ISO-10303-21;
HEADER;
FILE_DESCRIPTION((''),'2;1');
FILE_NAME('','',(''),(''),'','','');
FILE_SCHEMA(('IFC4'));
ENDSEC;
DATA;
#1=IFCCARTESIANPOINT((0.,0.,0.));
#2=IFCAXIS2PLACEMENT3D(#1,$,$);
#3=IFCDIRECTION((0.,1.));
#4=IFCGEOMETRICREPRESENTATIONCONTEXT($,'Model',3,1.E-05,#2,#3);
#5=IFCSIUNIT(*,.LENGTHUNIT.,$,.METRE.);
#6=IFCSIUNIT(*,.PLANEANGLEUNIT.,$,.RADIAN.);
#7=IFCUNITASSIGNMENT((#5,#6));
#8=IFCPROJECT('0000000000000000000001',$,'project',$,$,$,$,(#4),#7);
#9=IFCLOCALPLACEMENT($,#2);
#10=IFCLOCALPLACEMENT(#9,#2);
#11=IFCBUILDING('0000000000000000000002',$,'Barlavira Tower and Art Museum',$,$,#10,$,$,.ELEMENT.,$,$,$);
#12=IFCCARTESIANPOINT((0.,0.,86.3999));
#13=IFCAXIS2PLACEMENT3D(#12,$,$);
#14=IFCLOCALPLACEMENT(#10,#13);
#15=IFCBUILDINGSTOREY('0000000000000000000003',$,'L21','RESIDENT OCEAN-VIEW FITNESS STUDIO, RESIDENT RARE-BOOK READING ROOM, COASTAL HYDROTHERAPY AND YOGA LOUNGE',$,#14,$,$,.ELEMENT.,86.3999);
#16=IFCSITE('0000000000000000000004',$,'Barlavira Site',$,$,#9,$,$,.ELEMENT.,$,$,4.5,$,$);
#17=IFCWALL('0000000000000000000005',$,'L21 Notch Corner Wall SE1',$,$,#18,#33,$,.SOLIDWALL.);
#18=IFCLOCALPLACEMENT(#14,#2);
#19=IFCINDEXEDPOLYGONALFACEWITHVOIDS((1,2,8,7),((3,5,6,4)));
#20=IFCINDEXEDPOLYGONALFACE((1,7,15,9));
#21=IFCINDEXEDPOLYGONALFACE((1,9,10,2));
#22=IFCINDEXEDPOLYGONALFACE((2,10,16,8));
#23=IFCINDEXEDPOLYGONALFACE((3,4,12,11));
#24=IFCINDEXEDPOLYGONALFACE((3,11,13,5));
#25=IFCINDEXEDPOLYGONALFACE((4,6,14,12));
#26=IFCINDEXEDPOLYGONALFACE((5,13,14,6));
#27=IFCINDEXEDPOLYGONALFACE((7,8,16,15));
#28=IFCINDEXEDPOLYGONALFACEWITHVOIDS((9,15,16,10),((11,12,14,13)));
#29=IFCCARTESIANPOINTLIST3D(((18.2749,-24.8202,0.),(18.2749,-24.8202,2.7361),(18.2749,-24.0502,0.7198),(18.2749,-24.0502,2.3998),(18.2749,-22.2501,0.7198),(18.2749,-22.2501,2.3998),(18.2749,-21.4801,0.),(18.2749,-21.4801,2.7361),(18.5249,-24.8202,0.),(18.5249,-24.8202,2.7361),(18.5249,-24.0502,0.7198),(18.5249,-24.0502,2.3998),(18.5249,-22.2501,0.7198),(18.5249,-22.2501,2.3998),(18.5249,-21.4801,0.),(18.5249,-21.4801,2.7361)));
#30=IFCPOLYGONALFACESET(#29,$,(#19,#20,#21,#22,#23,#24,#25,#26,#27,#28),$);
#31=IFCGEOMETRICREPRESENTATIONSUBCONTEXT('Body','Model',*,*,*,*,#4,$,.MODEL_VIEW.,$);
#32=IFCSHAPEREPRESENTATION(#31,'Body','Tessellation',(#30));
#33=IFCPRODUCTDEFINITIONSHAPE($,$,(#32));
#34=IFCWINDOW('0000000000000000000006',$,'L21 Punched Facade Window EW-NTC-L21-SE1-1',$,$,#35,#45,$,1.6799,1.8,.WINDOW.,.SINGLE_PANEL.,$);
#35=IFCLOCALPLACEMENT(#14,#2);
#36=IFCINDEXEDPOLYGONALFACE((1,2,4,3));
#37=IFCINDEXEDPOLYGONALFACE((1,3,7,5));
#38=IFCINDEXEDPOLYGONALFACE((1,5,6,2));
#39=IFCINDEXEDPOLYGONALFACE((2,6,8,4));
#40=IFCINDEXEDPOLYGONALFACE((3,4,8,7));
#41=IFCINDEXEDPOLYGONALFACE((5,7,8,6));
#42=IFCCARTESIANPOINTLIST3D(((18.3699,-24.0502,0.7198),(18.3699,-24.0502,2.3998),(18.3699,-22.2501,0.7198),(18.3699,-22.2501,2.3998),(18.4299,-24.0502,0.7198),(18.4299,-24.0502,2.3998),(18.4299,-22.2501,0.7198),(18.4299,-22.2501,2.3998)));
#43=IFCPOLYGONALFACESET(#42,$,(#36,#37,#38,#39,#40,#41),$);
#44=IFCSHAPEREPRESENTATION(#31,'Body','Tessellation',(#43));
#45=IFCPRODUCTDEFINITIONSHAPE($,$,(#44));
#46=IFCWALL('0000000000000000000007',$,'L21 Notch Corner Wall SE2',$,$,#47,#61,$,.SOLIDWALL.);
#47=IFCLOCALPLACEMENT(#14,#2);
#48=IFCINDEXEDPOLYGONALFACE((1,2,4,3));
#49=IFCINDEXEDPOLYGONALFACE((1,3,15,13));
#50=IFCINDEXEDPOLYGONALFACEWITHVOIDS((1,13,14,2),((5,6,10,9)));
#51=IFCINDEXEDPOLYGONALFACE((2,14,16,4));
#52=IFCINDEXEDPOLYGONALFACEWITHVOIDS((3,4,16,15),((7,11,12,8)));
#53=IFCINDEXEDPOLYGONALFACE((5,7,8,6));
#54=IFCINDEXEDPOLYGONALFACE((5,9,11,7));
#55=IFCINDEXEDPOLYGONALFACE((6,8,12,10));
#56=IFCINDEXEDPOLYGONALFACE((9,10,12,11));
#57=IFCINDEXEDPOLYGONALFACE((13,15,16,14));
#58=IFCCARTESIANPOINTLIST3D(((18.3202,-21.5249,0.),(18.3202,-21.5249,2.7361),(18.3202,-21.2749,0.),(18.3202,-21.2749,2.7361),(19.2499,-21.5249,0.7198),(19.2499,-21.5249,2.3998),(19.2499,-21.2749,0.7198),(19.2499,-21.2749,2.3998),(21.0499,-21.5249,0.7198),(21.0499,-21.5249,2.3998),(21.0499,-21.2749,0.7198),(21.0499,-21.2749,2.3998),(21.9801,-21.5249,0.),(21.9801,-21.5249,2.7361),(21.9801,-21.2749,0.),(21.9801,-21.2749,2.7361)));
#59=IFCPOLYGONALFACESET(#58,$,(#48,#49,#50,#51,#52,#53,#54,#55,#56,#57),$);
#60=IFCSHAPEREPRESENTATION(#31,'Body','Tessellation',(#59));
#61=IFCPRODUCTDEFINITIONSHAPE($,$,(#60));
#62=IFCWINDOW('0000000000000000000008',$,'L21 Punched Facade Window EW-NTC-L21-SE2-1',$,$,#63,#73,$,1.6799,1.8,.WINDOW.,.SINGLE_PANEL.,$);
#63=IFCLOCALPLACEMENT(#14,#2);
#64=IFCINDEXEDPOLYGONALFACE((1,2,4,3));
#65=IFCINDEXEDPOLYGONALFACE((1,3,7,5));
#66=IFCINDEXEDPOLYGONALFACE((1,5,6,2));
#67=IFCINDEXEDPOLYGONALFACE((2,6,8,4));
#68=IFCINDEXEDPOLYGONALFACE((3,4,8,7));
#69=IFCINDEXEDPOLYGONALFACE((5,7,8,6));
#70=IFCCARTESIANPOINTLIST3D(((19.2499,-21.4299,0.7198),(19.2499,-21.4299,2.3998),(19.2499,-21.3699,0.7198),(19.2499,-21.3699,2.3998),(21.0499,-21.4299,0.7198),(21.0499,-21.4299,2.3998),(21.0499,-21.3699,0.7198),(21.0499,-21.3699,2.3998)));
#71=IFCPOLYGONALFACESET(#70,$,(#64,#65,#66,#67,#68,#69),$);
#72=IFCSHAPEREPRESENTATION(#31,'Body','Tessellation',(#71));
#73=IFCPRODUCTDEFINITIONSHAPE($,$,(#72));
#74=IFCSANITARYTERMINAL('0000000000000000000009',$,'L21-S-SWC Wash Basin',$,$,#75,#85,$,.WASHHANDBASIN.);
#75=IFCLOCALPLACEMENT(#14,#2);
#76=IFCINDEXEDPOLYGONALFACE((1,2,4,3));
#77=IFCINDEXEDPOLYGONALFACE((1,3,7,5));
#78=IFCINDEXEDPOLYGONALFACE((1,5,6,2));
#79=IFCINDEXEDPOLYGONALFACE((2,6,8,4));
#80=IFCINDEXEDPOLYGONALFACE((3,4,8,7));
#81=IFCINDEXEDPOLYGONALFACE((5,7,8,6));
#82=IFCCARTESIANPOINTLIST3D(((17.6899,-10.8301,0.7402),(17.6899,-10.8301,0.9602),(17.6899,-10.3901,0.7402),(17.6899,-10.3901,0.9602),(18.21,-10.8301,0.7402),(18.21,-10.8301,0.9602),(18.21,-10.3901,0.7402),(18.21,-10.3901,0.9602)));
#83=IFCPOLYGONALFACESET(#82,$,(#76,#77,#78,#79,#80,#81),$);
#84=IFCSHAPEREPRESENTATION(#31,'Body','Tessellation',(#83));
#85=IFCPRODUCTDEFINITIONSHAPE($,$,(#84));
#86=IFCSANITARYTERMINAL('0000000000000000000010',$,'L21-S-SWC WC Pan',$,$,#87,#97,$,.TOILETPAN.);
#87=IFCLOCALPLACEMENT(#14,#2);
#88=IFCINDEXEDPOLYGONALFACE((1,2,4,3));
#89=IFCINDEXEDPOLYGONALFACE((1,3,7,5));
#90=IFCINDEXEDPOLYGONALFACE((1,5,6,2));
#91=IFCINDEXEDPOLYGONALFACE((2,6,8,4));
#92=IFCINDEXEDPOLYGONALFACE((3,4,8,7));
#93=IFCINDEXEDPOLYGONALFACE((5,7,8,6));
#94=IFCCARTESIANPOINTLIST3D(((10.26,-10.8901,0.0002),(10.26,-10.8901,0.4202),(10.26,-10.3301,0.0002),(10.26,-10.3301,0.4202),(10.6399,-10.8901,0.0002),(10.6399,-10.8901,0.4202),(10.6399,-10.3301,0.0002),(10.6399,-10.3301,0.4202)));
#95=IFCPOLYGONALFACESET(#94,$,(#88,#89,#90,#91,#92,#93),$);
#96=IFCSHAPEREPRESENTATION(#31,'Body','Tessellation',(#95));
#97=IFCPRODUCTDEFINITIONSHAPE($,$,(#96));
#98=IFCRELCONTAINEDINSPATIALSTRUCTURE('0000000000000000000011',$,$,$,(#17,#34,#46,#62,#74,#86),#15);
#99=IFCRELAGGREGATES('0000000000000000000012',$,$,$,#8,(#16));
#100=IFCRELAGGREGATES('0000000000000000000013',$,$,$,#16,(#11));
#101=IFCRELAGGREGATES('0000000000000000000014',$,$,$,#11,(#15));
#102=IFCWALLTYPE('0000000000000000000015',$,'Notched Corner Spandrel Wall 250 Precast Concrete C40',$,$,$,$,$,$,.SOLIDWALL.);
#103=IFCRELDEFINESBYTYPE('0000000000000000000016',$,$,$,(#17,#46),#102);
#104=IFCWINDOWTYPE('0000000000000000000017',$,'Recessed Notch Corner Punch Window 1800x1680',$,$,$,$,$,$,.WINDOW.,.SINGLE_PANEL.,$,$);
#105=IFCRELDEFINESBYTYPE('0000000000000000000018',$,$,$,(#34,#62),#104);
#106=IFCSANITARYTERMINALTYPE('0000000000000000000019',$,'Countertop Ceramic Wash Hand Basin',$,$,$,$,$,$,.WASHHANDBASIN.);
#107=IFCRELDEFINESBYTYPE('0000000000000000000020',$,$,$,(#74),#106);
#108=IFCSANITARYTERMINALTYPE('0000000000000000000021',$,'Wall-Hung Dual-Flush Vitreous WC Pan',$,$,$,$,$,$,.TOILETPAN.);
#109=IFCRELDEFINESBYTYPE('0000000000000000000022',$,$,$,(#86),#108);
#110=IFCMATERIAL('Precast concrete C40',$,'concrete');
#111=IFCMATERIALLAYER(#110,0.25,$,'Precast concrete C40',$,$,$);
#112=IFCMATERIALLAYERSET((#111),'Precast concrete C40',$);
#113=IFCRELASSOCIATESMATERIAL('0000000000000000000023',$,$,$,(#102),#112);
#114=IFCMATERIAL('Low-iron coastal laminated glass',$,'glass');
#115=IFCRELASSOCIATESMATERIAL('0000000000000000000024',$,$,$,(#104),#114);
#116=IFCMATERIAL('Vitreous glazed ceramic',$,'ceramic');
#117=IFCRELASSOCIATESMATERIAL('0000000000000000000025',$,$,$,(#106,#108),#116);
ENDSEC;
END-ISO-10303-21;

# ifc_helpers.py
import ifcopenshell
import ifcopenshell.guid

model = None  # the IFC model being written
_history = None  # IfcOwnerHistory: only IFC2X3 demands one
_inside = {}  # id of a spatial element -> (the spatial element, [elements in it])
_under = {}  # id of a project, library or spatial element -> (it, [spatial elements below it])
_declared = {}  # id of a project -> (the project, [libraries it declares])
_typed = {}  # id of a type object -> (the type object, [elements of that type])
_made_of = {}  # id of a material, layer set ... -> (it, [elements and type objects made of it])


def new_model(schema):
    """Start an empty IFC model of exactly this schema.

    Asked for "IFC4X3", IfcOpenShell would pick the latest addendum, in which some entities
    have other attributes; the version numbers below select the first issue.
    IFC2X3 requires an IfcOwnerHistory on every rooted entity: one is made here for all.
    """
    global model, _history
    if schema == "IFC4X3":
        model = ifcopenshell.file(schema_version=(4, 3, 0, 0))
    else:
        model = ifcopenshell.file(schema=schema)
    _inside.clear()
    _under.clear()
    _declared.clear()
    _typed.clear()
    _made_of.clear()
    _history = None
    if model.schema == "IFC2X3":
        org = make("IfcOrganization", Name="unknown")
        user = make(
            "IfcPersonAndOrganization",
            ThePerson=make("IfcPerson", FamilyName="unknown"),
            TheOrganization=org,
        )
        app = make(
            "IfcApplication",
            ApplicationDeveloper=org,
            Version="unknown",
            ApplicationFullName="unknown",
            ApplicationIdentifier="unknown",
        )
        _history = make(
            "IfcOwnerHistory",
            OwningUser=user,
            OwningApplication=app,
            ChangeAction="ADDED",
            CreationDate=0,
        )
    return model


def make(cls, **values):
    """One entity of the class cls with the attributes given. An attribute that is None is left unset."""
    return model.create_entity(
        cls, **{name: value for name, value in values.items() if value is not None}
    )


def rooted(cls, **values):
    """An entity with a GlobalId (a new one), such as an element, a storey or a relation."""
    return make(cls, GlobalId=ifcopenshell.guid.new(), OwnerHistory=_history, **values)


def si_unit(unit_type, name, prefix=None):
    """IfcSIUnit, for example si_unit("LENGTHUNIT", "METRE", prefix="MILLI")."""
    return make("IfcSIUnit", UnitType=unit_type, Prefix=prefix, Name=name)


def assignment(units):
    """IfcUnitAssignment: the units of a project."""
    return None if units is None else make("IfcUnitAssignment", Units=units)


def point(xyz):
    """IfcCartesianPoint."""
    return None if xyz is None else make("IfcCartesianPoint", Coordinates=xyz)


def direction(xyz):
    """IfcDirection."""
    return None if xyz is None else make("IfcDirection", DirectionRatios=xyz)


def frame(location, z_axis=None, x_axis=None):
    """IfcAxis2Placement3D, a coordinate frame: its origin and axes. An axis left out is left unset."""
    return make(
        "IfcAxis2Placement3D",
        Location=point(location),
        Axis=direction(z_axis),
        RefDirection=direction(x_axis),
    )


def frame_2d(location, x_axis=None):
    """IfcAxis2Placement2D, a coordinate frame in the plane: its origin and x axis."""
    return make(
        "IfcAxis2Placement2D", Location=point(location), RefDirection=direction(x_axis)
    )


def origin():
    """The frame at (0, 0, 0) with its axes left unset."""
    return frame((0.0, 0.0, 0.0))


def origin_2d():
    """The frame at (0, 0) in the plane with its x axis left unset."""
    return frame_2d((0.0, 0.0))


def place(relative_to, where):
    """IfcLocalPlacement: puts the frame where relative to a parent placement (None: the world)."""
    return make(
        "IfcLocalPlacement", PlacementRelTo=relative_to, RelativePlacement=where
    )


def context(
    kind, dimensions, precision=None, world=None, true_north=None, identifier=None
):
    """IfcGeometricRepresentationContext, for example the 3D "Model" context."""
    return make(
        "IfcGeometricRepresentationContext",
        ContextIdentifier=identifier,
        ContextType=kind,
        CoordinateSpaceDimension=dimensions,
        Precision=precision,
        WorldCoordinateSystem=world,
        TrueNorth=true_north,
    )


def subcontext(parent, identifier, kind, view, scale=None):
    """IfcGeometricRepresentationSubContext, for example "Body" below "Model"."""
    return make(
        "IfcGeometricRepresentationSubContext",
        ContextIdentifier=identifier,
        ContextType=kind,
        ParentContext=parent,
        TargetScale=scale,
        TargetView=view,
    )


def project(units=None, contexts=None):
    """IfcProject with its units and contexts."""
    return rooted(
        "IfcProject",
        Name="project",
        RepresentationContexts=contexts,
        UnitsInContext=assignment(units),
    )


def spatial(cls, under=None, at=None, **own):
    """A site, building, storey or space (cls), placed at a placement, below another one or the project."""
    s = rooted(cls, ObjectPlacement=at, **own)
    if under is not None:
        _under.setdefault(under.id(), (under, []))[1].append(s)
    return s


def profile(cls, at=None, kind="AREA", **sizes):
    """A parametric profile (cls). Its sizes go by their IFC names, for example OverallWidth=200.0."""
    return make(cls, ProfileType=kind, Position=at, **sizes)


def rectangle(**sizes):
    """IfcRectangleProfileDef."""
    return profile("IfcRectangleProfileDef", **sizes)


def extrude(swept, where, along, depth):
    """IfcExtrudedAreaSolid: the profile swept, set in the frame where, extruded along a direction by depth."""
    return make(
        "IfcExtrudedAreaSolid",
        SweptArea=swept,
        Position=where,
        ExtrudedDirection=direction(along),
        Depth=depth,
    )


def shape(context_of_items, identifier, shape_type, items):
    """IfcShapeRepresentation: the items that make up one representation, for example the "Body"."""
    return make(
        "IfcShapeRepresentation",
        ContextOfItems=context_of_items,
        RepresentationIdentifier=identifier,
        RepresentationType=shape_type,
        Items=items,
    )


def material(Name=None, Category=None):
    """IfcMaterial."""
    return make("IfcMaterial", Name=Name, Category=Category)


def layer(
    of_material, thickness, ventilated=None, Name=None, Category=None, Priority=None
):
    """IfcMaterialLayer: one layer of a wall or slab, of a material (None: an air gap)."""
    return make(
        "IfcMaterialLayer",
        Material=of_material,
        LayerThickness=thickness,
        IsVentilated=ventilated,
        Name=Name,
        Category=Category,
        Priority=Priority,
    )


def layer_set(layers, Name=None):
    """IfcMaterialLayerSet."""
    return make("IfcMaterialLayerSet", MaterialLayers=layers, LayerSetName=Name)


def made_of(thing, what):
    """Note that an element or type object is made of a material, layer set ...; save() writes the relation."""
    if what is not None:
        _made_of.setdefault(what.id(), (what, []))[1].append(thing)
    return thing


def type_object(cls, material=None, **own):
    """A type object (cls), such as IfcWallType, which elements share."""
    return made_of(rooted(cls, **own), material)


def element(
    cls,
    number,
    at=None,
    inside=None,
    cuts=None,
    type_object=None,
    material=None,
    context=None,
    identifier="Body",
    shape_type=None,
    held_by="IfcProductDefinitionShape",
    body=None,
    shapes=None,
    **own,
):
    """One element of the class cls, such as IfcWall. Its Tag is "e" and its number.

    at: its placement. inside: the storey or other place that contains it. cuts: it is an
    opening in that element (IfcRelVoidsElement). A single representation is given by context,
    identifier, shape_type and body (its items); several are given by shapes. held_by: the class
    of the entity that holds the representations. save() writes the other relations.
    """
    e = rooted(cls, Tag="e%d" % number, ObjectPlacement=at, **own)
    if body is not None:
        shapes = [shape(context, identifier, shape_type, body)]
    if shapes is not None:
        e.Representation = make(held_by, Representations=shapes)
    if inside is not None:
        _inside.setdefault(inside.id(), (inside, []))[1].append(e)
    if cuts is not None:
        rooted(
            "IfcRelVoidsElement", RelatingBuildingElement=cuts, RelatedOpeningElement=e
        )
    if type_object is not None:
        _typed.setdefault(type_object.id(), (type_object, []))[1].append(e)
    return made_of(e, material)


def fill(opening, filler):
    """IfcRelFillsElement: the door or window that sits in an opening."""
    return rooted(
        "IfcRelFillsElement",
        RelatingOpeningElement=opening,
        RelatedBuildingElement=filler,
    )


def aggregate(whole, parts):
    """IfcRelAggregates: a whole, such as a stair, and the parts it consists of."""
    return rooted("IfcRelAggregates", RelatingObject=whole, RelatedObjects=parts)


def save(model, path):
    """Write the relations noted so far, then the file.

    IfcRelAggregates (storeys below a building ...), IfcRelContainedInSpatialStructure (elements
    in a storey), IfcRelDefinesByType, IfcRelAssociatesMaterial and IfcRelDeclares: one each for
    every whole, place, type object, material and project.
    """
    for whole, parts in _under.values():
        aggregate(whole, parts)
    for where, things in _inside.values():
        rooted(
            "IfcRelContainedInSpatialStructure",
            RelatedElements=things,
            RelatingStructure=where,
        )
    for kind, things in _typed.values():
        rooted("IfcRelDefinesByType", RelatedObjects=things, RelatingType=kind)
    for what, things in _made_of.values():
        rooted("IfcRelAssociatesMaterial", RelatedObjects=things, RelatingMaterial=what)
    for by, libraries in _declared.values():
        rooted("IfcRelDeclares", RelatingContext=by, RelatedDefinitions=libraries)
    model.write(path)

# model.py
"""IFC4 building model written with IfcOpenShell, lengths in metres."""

from ifc_helpers import new_model, si_unit, direction, frame, frame_2d, origin, origin_2d, place, context, subcontext, project, spatial, rectangle, extrude, material, layer, layer_set, type_object, element, fill, save


model = new_model("IFC4")

# Units and contexts
model_context = context("Model", 3, precision=1e-05, world=origin(), true_north=direction((0.0, 1.0)))
body_context = subcontext(model_context, "Body", "Model", "MODEL_VIEW")
ifc_project = project(units=[si_unit("LENGTHUNIT", "METRE"), si_unit("PLANEANGLEUNIT", "RADIAN")], contexts=[model_context])

# Site, building, storey
site_placement = place(None, origin())
site = spatial("IfcSite", under=ifc_project, at=site_placement, Name="Barlavira Site", CompositionType="ELEMENT", RefElevation=4.5)
building_placement = place(site_placement, origin())
building = spatial("IfcBuilding", under=site, at=building_placement, Name="Barlavira Tower and Art Museum", CompositionType="ELEMENT")
storey_placement = place(building_placement, frame((0.0, 0.0, 86.3999)))
storey = spatial("IfcBuildingStorey", under=building, at=storey_placement, Name="L21", Description="RESIDENT OCEAN-VIEW FITNESS STUDIO, RESIDENT RARE-BOOK READING ROOM, COASTAL HYDROTHERAPY AND YOGA LOUNGE", CompositionType="ELEMENT", Elevation=86.3999)

# Shared definitions
ifc_material_1 = material(Name="Precast concrete C40", Category="concrete")
ifc_layer_1 = layer(ifc_material_1, 0.25, Name="Precast concrete C40")
ifc_layer_set_1 = layer_set([ifc_layer_1], Name="Precast concrete C40")
wall_type_1 = type_object("IfcWallType", Name="Notched Corner Spandrel Wall 250 Precast Concrete C40", PredefinedType="SOLIDWALL", material=ifc_layer_set_1)
ifc_material_2 = material(Name="Low-iron coastal laminated glass", Category="glass")
window_type = type_object("IfcWindowType", Name="Recessed Notch Corner Punch Window 1800x1680", PartitioningType="SINGLE_PANEL", PredefinedType="WINDOW", material=ifc_material_2)

# Walls, openings, windows
wall_1_placement = place(storey_placement, frame((18.3999, -24.8201, 0.0), z_axis=(0.0, 0.0, 1.0), x_axis=(0.0, 1.0, 0.0)))
wall_1 = element("IfcWall", 1, at=wall_1_placement, inside=storey, type_object=wall_type_1, Name="L21 Notch Corner Wall SE1", PredefinedType="SOLIDWALL", context=body_context, shape_type="SweptSolid", body=[
    extrude(rectangle(XDim=3.3401, YDim=0.25, at=frame_2d((1.6699, 0.0))), origin(), (0.0, 0.0, 1.0), 2.7361),
])
opening_1_placement = place(wall_1_placement, frame((0.77, 0.0, 0.72)))
opening_1 = element("IfcOpeningElement", 2, at=opening_1_placement, cuts=wall_1, PredefinedType="OPENING", context=body_context, shape_type="SweptSolid", body=[
    extrude(rectangle(XDim=1.8, YDim=1.6799, at=frame_2d((0.8999, 0.8398))), frame((0.0, 0.135, 0.0), z_axis=(0.0, -1.0, 0.0), x_axis=(1.0, 0.0, 0.0)), (0.0, 0.0, 1.0), 0.27),
])
window_1_placement = place(opening_1_placement, origin())
window_1 = element("IfcWindow", 3, at=window_1_placement, inside=storey, type_object=window_type, Name="L21 Punched Facade Window EW-NTC-L21-SE1-1", OverallHeight=1.6799, OverallWidth=1.8, PartitioningType="SINGLE_PANEL", PredefinedType="WINDOW", context=body_context, shape_type="SweptSolid", body=[
    extrude(rectangle(XDim=1.8, YDim=1.6799, at=frame_2d((0.8999, 0.8398))), frame((0.0, 0.03, 0.0), z_axis=(0.0, -1.0, 0.0), x_axis=(1.0, 0.0, 0.0)), (0.0, 0.0, 1.0), 0.0601),
])
fill(opening_1, window_1)
wall_2_placement = place(storey_placement, frame((18.3201, -21.3999, 0.0), z_axis=(0.0, 0.0, 1.0), x_axis=(1.0, 0.0, 0.0)))
wall_2 = element("IfcWall", 4, at=wall_2_placement, inside=storey, type_object=wall_type_1, Name="L21 Notch Corner Wall SE2", PredefinedType="SOLIDWALL", context=body_context, shape_type="SweptSolid", body=[
    extrude(rectangle(XDim=3.6599, YDim=0.25, at=frame_2d((1.8301, 0.0))), origin(), (0.0, 0.0, 1.0), 2.7361),
])
opening_2_placement = place(wall_2_placement, frame((0.9299, 0.0, 0.72)))
opening_2 = element("IfcOpeningElement", 5, at=opening_2_placement, cuts=wall_2, PredefinedType="OPENING", context=body_context, shape_type="SweptSolid", body=[
    extrude(rectangle(XDim=1.8, YDim=1.6799, at=frame_2d((0.8999, 0.8398))), frame((0.0, 0.135, 0.0), z_axis=(0.0, -1.0, 0.0), x_axis=(1.0, 0.0, 0.0)), (0.0, 0.0, 1.0), 0.27),
])
window_2_placement = place(opening_2_placement, origin())
window_2 = element("IfcWindow", 6, at=window_2_placement, inside=storey, type_object=window_type, Name="L21 Punched Facade Window EW-NTC-L21-SE2-1", OverallHeight=1.6799, OverallWidth=1.8, PartitioningType="SINGLE_PANEL", PredefinedType="WINDOW", context=body_context, shape_type="SweptSolid", body=[
    extrude(rectangle(XDim=1.8, YDim=1.6799, at=frame_2d((0.8999, 0.8398))), frame((0.0, 0.03, 0.0), z_axis=(0.0, -1.0, 0.0), x_axis=(1.0, 0.0, 0.0)), (0.0, 0.0, 1.0), 0.0601),
])
fill(opening_2, window_2)

# Sanitary terminals
ifc_material_3 = material(Name="Vitreous glazed ceramic", Category="ceramic")
sanitary_terminal_type_1 = type_object("IfcSanitaryTerminalType", Name="Countertop Ceramic Wash Hand Basin", PredefinedType="WASHHANDBASIN", material=ifc_material_3)
sanitary_terminal_1_placement = place(storey_placement, frame((17.95, -10.6101, 0.7402), z_axis=(0.0, 0.0, 1.0), x_axis=(1.0, 0.0, 0.0)))
element("IfcSanitaryTerminal", 7, at=sanitary_terminal_1_placement, inside=storey, type_object=sanitary_terminal_type_1, Name="L21-S-SWC Wash Basin", PredefinedType="WASHHANDBASIN", context=body_context, shape_type="SweptSolid", body=[
    extrude(rectangle(XDim=0.52, YDim=0.4399, at=origin_2d()), origin(), (0.0, 0.0, 1.0), 0.22),
])
sanitary_terminal_type_2 = type_object("IfcSanitaryTerminalType", Name="Wall-Hung Dual-Flush Vitreous WC Pan", PredefinedType="TOILETPAN", material=ifc_material_3)
sanitary_terminal_2_placement = place(storey_placement, frame((10.45, -10.6101, 0.0002), z_axis=(0.0, 0.0, 1.0), x_axis=(1.0, 0.0, 0.0)))
element("IfcSanitaryTerminal", 8, at=sanitary_terminal_2_placement, inside=storey, type_object=sanitary_terminal_type_2, Name="L21-S-SWC WC Pan", PredefinedType="TOILETPAN", context=body_context, shape_type="SweptSolid", body=[
    extrude(rectangle(XDim=0.3799, YDim=0.5601, at=origin_2d()), origin(), (0.0, 0.0, 1.0), 0.4199),
])

save(model, "model.ifc")
